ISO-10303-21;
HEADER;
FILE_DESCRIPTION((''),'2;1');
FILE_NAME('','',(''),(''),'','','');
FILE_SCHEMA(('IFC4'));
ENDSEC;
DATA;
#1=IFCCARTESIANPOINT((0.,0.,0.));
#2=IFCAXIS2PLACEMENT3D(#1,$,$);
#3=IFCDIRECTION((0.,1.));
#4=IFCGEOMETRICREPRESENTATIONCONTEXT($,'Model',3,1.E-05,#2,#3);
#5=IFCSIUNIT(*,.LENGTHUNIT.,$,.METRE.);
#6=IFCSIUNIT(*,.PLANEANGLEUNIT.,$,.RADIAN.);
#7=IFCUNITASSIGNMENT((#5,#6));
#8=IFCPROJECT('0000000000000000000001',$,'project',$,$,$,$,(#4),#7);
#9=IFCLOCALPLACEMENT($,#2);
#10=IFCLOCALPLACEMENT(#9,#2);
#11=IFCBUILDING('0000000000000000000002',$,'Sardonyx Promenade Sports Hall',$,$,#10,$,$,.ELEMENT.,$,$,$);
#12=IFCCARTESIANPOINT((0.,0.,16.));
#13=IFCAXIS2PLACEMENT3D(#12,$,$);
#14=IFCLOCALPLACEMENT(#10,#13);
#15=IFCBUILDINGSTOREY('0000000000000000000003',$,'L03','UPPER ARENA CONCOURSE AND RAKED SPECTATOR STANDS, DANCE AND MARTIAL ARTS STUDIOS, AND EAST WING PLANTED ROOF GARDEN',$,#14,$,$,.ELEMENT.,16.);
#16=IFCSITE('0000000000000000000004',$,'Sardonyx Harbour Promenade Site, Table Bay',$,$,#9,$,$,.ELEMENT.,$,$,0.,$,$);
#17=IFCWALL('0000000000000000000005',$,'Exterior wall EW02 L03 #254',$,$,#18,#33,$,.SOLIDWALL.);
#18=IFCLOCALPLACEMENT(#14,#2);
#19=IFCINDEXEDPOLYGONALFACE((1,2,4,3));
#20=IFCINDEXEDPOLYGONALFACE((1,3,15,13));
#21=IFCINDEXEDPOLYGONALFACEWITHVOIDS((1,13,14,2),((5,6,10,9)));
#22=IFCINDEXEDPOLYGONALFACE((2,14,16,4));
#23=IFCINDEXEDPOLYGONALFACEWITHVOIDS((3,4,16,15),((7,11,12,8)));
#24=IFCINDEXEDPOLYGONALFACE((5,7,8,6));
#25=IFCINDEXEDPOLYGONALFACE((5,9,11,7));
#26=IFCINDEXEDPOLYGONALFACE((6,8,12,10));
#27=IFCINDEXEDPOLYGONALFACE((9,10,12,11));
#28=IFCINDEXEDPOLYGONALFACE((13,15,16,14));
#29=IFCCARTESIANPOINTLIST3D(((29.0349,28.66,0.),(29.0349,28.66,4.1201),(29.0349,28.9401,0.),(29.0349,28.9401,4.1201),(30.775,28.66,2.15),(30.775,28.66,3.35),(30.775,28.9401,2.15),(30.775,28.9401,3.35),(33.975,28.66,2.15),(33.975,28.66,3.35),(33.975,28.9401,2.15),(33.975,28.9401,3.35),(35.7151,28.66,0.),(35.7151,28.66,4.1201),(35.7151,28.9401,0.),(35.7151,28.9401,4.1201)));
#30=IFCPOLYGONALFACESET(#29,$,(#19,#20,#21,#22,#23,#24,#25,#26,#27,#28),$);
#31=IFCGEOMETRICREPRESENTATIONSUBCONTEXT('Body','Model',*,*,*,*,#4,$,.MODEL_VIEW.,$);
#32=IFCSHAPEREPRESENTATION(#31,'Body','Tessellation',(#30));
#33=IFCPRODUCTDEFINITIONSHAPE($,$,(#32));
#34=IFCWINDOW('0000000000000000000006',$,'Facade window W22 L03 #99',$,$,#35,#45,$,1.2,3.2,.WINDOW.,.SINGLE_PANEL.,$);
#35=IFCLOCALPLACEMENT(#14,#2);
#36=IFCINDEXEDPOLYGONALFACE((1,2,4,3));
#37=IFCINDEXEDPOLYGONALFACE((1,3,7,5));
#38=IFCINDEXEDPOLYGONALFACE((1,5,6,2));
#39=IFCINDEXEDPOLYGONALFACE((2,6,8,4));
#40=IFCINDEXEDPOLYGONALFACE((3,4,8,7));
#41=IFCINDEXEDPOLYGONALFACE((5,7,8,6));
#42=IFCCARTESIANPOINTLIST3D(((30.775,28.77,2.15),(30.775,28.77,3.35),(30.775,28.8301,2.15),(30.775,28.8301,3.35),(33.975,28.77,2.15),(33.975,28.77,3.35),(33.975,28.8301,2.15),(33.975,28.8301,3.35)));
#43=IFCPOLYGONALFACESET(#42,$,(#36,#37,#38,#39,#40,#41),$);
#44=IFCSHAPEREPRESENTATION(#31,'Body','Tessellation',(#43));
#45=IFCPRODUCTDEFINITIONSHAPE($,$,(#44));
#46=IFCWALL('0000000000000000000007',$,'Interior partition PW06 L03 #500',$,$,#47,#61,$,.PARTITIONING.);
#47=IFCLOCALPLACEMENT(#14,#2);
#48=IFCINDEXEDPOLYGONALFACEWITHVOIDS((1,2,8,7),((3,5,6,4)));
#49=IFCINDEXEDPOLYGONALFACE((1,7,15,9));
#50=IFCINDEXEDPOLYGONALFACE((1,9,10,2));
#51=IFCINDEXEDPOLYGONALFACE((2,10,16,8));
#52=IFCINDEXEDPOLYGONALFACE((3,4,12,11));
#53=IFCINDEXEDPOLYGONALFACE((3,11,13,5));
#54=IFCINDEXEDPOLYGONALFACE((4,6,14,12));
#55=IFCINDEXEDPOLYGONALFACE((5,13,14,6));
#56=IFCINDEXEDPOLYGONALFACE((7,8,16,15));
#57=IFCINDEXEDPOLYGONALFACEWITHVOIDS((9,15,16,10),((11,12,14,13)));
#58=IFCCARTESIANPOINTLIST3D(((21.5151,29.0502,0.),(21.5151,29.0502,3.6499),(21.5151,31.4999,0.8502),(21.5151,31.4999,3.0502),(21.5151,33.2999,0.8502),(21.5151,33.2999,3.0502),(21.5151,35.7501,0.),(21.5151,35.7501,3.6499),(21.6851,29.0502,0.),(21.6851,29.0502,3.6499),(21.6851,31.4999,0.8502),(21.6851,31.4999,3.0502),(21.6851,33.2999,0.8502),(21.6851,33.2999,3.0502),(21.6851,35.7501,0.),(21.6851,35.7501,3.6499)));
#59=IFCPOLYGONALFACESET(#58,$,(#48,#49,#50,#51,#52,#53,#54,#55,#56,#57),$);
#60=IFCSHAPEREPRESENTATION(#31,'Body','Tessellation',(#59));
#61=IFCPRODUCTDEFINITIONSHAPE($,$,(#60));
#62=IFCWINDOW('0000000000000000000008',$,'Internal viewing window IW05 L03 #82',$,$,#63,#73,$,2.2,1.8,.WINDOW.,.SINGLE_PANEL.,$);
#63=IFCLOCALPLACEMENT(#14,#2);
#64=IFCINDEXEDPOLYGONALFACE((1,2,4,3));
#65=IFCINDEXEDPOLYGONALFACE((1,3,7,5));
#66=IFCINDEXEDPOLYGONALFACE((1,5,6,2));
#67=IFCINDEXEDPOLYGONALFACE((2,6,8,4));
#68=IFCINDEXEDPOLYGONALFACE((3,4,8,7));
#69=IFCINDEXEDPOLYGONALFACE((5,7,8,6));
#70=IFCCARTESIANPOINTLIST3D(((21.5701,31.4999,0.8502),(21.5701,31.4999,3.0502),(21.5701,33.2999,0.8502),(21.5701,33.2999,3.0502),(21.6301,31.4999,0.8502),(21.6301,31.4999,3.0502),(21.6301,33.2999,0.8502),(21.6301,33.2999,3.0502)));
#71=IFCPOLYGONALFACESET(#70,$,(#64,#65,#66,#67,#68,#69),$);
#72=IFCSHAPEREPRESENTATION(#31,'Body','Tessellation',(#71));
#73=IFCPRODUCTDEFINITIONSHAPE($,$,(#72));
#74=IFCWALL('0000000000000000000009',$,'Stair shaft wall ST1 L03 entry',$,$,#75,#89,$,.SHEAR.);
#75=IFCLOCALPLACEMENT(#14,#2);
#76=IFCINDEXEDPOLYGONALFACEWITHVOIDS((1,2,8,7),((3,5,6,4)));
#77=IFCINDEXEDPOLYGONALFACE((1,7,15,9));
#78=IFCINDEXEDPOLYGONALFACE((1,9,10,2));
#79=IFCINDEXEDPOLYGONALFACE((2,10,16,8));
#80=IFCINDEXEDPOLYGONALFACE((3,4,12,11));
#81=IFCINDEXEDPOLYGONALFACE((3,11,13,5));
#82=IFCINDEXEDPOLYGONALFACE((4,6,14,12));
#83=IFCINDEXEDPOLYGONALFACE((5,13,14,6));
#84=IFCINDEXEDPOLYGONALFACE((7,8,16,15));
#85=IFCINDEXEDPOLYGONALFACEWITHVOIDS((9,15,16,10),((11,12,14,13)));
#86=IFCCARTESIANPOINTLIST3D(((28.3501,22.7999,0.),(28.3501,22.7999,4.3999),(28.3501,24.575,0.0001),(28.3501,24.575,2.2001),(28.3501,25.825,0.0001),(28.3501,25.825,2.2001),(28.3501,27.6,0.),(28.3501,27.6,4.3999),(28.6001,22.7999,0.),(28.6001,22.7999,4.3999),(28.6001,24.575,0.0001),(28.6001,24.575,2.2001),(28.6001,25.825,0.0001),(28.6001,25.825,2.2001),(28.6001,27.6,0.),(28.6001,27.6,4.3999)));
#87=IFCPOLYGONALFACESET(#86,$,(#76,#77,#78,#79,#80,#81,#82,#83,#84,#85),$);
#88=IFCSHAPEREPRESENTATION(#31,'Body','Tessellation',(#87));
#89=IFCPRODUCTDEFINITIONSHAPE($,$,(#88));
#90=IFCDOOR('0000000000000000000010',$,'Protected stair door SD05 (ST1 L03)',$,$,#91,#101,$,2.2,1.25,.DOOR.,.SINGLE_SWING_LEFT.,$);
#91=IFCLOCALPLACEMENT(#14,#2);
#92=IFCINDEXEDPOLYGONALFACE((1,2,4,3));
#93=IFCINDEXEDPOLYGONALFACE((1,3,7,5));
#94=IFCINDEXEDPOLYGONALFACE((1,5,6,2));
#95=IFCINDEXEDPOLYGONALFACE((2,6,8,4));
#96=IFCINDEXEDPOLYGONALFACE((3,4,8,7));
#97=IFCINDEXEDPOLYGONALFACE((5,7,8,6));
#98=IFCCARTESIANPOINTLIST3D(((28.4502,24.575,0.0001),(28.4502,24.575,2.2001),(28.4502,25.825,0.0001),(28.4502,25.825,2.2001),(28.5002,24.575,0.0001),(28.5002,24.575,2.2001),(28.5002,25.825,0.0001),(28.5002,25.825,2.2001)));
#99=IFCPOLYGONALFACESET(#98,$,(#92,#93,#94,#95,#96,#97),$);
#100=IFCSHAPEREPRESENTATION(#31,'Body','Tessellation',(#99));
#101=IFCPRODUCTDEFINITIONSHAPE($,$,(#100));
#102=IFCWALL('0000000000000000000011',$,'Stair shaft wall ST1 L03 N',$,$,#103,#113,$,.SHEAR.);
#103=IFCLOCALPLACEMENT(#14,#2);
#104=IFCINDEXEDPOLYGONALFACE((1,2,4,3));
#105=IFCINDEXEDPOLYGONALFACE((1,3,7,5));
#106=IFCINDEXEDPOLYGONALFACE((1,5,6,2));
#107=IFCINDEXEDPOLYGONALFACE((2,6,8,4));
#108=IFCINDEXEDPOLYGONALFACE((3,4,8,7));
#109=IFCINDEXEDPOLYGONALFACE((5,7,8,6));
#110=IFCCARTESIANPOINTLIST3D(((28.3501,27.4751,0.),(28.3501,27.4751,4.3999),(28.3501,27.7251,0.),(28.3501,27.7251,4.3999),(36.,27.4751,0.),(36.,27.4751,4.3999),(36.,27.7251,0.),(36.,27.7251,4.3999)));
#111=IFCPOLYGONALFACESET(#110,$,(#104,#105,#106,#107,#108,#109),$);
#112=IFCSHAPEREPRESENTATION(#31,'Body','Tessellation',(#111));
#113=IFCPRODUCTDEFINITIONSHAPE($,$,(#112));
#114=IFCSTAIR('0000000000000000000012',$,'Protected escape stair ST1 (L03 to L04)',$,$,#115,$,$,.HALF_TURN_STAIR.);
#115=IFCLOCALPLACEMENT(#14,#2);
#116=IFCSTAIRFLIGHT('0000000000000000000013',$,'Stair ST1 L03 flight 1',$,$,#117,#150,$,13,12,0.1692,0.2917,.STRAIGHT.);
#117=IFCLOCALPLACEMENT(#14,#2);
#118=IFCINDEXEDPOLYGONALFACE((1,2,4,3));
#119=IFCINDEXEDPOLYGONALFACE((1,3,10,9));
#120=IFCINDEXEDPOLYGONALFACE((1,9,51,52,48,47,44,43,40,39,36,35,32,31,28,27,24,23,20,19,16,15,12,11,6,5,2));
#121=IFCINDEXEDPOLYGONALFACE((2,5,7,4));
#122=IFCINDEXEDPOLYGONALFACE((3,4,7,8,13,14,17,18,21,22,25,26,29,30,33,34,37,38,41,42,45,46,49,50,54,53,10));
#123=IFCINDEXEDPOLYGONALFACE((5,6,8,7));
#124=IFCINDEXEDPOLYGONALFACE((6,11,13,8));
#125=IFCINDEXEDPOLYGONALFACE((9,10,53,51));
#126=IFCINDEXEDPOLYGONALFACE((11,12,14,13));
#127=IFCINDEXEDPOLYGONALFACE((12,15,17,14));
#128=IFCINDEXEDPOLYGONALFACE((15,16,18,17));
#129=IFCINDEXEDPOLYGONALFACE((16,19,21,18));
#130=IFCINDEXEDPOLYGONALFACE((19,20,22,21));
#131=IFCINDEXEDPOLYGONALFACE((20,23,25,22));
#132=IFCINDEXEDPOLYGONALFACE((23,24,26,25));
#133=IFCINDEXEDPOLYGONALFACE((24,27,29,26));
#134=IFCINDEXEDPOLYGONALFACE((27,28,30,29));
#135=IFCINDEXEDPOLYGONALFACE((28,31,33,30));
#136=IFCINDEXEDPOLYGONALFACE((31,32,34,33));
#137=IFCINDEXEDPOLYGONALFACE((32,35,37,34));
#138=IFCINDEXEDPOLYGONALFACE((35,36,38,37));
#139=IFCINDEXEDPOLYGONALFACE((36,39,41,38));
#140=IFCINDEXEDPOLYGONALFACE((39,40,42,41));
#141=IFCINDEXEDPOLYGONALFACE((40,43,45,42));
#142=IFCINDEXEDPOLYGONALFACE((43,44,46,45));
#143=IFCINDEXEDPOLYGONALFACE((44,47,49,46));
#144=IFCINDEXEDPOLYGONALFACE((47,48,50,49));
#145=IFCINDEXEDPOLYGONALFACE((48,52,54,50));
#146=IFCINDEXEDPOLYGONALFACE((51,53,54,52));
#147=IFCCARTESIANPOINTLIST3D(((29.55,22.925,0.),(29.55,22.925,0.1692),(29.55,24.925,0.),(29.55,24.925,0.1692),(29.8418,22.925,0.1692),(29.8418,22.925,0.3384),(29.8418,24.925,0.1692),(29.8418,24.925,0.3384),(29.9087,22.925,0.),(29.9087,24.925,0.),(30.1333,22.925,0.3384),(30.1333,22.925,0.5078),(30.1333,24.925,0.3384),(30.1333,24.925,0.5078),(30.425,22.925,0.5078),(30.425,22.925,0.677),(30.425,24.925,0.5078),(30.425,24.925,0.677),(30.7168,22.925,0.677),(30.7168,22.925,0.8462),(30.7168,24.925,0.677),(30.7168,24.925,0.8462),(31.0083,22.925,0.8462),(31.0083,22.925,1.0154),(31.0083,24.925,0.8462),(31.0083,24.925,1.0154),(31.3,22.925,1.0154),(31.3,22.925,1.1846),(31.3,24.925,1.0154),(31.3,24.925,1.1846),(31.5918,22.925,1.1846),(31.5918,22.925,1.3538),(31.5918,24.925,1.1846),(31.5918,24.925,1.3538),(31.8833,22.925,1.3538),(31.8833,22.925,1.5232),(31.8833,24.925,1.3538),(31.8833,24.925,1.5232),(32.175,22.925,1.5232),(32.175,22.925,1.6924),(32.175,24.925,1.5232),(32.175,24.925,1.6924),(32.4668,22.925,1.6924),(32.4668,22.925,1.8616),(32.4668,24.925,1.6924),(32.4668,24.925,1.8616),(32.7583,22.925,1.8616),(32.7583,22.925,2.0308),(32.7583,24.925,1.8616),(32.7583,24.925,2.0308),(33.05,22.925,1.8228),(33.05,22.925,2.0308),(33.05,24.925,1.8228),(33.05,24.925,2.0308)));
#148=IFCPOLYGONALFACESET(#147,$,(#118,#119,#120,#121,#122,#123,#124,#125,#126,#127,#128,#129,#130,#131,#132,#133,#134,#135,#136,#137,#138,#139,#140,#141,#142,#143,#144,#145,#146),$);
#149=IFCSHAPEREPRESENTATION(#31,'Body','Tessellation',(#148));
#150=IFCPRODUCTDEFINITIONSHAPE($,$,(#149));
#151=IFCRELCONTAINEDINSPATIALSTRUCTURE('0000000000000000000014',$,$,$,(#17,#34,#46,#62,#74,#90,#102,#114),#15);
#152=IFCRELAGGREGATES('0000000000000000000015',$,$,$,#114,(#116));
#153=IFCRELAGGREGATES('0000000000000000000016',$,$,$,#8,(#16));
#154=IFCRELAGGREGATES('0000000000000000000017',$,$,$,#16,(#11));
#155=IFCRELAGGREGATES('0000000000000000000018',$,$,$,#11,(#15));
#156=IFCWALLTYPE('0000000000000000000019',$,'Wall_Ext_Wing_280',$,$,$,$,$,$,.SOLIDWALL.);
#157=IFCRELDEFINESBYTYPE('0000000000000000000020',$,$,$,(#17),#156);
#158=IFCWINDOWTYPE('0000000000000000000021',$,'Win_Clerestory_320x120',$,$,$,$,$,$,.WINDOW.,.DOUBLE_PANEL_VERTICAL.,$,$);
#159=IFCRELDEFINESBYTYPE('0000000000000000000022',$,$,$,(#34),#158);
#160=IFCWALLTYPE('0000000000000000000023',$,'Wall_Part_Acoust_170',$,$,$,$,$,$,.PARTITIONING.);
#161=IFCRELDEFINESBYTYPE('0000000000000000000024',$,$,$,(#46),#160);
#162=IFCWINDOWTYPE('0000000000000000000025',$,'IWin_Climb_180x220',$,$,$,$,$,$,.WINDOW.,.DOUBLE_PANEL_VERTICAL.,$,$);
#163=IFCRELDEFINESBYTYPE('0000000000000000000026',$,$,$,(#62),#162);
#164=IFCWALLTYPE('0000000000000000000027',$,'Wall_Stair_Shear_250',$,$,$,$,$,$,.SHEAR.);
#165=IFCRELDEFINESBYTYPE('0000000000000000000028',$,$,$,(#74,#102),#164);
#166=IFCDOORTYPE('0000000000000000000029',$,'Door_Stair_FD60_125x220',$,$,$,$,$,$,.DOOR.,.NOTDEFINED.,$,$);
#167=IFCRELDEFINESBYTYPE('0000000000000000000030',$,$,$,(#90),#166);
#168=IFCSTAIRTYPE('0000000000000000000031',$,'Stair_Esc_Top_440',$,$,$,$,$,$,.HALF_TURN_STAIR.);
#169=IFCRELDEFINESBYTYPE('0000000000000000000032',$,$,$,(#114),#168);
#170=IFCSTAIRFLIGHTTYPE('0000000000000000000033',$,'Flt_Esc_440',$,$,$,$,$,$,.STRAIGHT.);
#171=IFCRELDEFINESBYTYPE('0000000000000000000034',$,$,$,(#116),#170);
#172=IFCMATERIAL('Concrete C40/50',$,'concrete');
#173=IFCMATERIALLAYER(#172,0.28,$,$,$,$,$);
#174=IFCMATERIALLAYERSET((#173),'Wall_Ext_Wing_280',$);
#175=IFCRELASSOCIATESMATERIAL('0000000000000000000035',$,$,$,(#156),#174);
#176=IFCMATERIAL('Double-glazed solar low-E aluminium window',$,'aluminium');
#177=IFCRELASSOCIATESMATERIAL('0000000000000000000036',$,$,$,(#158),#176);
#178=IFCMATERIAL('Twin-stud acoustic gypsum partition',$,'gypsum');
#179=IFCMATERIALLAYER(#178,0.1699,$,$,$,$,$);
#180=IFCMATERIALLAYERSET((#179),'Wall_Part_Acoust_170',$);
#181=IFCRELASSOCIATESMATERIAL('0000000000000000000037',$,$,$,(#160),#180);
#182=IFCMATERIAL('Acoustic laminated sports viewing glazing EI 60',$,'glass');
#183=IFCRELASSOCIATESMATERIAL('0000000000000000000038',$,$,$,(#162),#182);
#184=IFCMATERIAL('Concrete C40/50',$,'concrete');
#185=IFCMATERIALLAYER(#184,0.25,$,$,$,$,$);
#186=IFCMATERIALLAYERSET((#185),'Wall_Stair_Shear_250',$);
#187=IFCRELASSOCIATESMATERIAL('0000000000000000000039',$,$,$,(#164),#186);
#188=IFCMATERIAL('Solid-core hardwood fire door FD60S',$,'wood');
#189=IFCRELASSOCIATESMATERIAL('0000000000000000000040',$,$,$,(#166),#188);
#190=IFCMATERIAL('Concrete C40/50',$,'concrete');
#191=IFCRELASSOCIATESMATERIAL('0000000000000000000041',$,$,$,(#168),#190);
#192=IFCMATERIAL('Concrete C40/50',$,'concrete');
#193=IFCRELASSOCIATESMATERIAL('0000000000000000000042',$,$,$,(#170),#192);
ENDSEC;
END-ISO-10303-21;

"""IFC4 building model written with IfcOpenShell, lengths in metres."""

from ifc_helpers import new_model, si_unit, direction, frame, frame_2d, origin, place, context, subcontext, project, spatial, polyline, rectangle, outline, extrude, material, layer, layer_set, type_object, element, fill, aggregate, save


model = new_model("IFC4")

# Units and contexts
model_context = context("Model", 3, precision=1e-05, world=origin(), true_north=direction((0.0, 1.0)))
body_context = subcontext(model_context, "Body", "Model", "MODEL_VIEW")
ifc_project = project(units=[si_unit("LENGTHUNIT", "METRE"), si_unit("PLANEANGLEUNIT", "RADIAN")], contexts=[model_context])

# Site, building, storey
site_placement = place(None, origin())
site = spatial("IfcSite", under=ifc_project, at=site_placement, Name="Sardonyx Harbour Promenade Site, Table Bay", CompositionType="ELEMENT", RefElevation=0.0)
building_placement = place(site_placement, origin())
building = spatial("IfcBuilding", under=site, at=building_placement, Name="Sardonyx Promenade Sports Hall", CompositionType="ELEMENT")
storey_placement = place(building_placement, frame((0.0, 0.0, 16.0)))
storey = spatial("IfcBuildingStorey", under=building, at=storey_placement, Name="L03", Description="UPPER ARENA CONCOURSE AND RAKED SPECTATOR STANDS, DANCE AND MARTIAL ARTS STUDIOS, AND EAST WING PLANTED ROOF GARDEN", CompositionType="ELEMENT", Elevation=16.0)

# Walls, openings, windows
ifc_material_1 = material(Name="Concrete C40/50", Category="concrete")
ifc_layer_1 = layer(ifc_material_1, 0.28)
ifc_layer_set_1 = layer_set([ifc_layer_1], Name="Wall_Ext_Wing_280")
wall_type_1 = type_object("IfcWallType", Name="Wall_Ext_Wing_280", PredefinedType="SOLIDWALL", material=ifc_layer_set_1)
wall_1_placement = place(storey_placement, frame((29.0349, 28.8, 0.0), z_axis=(0.0, 0.0, 1.0), x_axis=(1.0, 0.0, 0.0)))
wall_1 = element("IfcWall", 1, at=wall_1_placement, inside=storey, type_object=wall_type_1, Name="Exterior wall EW02 L03 #254", PredefinedType="SOLIDWALL", context=body_context, shape_type="SweptSolid", body=[
    extrude(rectangle(XDim=6.6802, YDim=0.28, at=frame_2d((3.3401, 0.0))), origin(), (0.0, 0.0, 1.0), 4.1201),
])
opening_1_placement = place(wall_1_placement, frame((1.74, 0.0, 2.1499)))
opening_1 = element("IfcOpeningElement", 2, at=opening_1_placement, cuts=wall_1, PredefinedType="OPENING", context=body_context, shape_type="SweptSolid", body=[
    extrude(rectangle(XDim=3.2, YDim=1.2, at=frame_2d((1.6001, 0.6001))), frame((0.0, 0.15, 0.0), z_axis=(0.0, -1.0, 0.0), x_axis=(1.0, 0.0, 0.0)), (0.0, 0.0, 1.0), 0.3),
])
ifc_material_2 = material(Name="Double-glazed solar low-E aluminium window", Category="aluminium")
window_type_1 = type_object("IfcWindowType", Name="Win_Clerestory_320x120", PartitioningType="DOUBLE_PANEL_VERTICAL", PredefinedType="WINDOW", material=ifc_material_2)
window_1_placement = place(opening_1_placement, origin())
window_1 = element("IfcWindow", 3, at=window_1_placement, inside=storey, type_object=window_type_1, Name="Facade window W22 L03 #99", OverallHeight=1.2, OverallWidth=3.2, PartitioningType="SINGLE_PANEL", PredefinedType="WINDOW", context=body_context, shape_type="SweptSolid", body=[
    extrude(rectangle(XDim=3.2, YDim=1.2, at=frame_2d((1.6001, 0.6001))), frame((0.0, 0.03, 0.0), z_axis=(0.0, -1.0, 0.0), x_axis=(1.0, 0.0, 0.0)), (0.0, 0.0, 1.0), 0.0601),
])
fill(opening_1, window_1)
ifc_material_3 = material(Name="Twin-stud acoustic gypsum partition", Category="gypsum")
ifc_layer_2 = layer(ifc_material_3, 0.1699)
ifc_layer_set_2 = layer_set([ifc_layer_2], Name="Wall_Part_Acoust_170")
wall_type_2 = type_object("IfcWallType", Name="Wall_Part_Acoust_170", PredefinedType="PARTITIONING", material=ifc_layer_set_2)
wall_2_placement = place(storey_placement, frame((21.6001, 29.05, 0.0), z_axis=(0.0, 0.0, 1.0), x_axis=(0.0, 1.0, 0.0)))
wall_2 = element("IfcWall", 4, at=wall_2_placement, inside=storey, type_object=wall_type_2, Name="Interior partition PW06 L03 #500", PredefinedType="PARTITIONING", context=body_context, shape_type="SweptSolid", body=[
    extrude(rectangle(XDim=6.7, YDim=0.1699, at=frame_2d((3.3501, 0.0))), origin(), (0.0, 0.0, 1.0), 3.6499),
])
opening_2_placement = place(wall_2_placement, frame((2.45, 0.0, 0.8501)))
opening_2 = element("IfcOpeningElement", 5, at=opening_2_placement, cuts=wall_2, PredefinedType="OPENING", context=body_context, shape_type="SweptSolid", body=[
    extrude(rectangle(XDim=1.8, YDim=2.2, at=frame_2d((0.8999, 1.1001))), frame((0.0, 0.095, 0.0), z_axis=(0.0, -1.0, 0.0), x_axis=(1.0, 0.0, 0.0)), (0.0, 0.0, 1.0), 0.19),
])
ifc_material_4 = material(Name="Acoustic laminated sports viewing glazing EI 60", Category="glass")
window_type_2 = type_object("IfcWindowType", Name="IWin_Climb_180x220", PartitioningType="DOUBLE_PANEL_VERTICAL", PredefinedType="WINDOW", material=ifc_material_4)
window_2_placement = place(opening_2_placement, origin())
window_2 = element("IfcWindow", 6, at=window_2_placement, inside=storey, type_object=window_type_2, Name="Internal viewing window IW05 L03 #82", OverallHeight=2.2, OverallWidth=1.8, PartitioningType="SINGLE_PANEL", PredefinedType="WINDOW", context=body_context, shape_type="SweptSolid", body=[
    extrude(rectangle(XDim=1.8, YDim=2.2, at=frame_2d((0.8999, 1.1001))), frame((0.0, 0.03, 0.0), z_axis=(0.0, -1.0, 0.0), x_axis=(1.0, 0.0, 0.0)), (0.0, 0.0, 1.0), 0.0601),
])
fill(opening_2, window_2)

# Wall, opening, door
ifc_material_5 = material(Name="Concrete C40/50", Category="concrete")
ifc_layer_3 = layer(ifc_material_5, 0.25)
ifc_layer_set_3 = layer_set([ifc_layer_3], Name="Wall_Stair_Shear_250")
wall_type_3 = type_object("IfcWallType", Name="Wall_Stair_Shear_250", PredefinedType="SHEAR", material=ifc_layer_set_3)
wall_3_placement = place(storey_placement, frame((28.4751, 22.8, 0.0), z_axis=(0.0, 0.0, 1.0), x_axis=(0.0, 1.0, 0.0)))
wall_3 = element("IfcWall", 7, at=wall_3_placement, inside=storey, type_object=wall_type_3, Name="Stair shaft wall ST1 L03 entry", PredefinedType="SHEAR", context=body_context, shape_type="SweptSolid", body=[
    extrude(rectangle(XDim=4.8, YDim=0.25, at=frame_2d((2.3999, 0.0))), origin(), (0.0, 0.0, 1.0), 4.3999),
])
opening_3_placement = place(wall_3_placement, frame((1.7749, 0.0, 0.0)))
opening_3 = element("IfcOpeningElement", 8, at=opening_3_placement, cuts=wall_3, PredefinedType="OPENING", context=body_context, shape_type="SweptSolid", body=[
    extrude(rectangle(XDim=1.25, YDim=2.2, at=frame_2d((0.625, 1.1001))), frame((0.0, 0.135, 0.0), z_axis=(0.0, -1.0, 0.0), x_axis=(1.0, 0.0, 0.0)), (0.0, 0.0, 1.0), 0.27),
])
ifc_material_6 = material(Name="Solid-core hardwood fire door FD60S", Category="wood")
door_type_1 = type_object("IfcDoorType", Name="Door_Stair_FD60_125x220", OperationType="NOTDEFINED", PredefinedType="DOOR", material=ifc_material_6)
door_1_placement = place(opening_3_placement, origin())
door_1 = element("IfcDoor", 9, at=door_1_placement, inside=storey, type_object=door_type_1, Name="Protected stair door SD05 (ST1 L03)", OperationType="SINGLE_SWING_LEFT", OverallHeight=2.2, OverallWidth=1.25, PredefinedType="DOOR", context=body_context, shape_type="SweptSolid", body=[
    extrude(rectangle(XDim=1.25, YDim=2.2, at=frame_2d((0.625, 1.1001))), frame((0.0, 0.0249, 0.0), z_axis=(0.0, -1.0, 0.0), x_axis=(1.0, 0.0, 0.0)), (0.0, 0.0, 1.0), 0.05),
])
fill(opening_3, door_1)

# Wall
wall_4_placement = place(storey_placement, frame((28.3501, 27.6001, 0.0), z_axis=(0.0, 0.0, 1.0), x_axis=(1.0, 0.0, 0.0)))
element("IfcWall", 10, at=wall_4_placement, inside=storey, type_object=wall_type_3, Name="Stair shaft wall ST1 L03 N", PredefinedType="SHEAR", context=body_context, shape_type="SweptSolid", body=[
    extrude(rectangle(XDim=7.6499, YDim=0.25, at=frame_2d((3.825, 0.0))), origin(), (0.0, 0.0, 1.0), 4.3999),
])

# Stair, stair flight
ifc_material_7 = material(Name="Concrete C40/50", Category="concrete")
stair_type = type_object("IfcStairType", Name="Stair_Esc_Top_440", PredefinedType="HALF_TURN_STAIR", material=ifc_material_7)
stair_placement = place(storey_placement, origin())
stair = element("IfcStair", 11, at=stair_placement, inside=storey, type_object=stair_type, Name="Protected escape stair ST1 (L03 to L04)", PredefinedType="HALF_TURN_STAIR")
ifc_material_8 = material(Name="Concrete C40/50", Category="concrete")
stair_flight_type = type_object("IfcStairFlightType", Name="Flt_Esc_440", PredefinedType="STRAIGHT", material=ifc_material_8)
stair_flight_1_placement = place(storey_placement, frame((29.55, 23.925, 0.0), z_axis=(0.0, 0.0, 1.0), x_axis=(1.0, 0.0, 0.0)))
stair_flight_1 = element("IfcStairFlight", 12, at=stair_flight_1_placement, type_object=stair_flight_type, Name="Stair ST1 L03 flight 1", NumberOfRisers=13, NumberOfTreads=12, PredefinedType="STRAIGHT", RiserHeight=0.1692, TreadLength=0.2917, context=body_context, shape_type="SweptSolid", body=[
    extrude(outline(polyline([(0.0, 0.0), (0.0, 0.1692), (0.2917, 0.1692), (0.2917, 0.3384), (0.5833, 0.3384), (0.5833, 0.5078), (0.875, 0.5078), (0.875, 0.677), (1.1667, 0.677), (1.1667, 0.8462), (1.4583, 0.8462), (1.4583, 1.0154), (1.75, 1.0154), (1.75, 1.1846), (2.0417, 1.1846), (2.0417, 1.3538), (2.3333, 1.3538), (2.3333, 1.5232), (2.625, 1.5232), (2.625, 1.6924), (2.9167, 1.6924), (2.9167, 1.8616), (3.2083, 1.8616), (3.2083, 2.0308), (3.5, 2.0308), (3.5, 2.2), (3.5, 1.8228), (0.3586, 0.0), (0.0, 0.0)])), frame((0.0, 1.0, 0.0), z_axis=(0.0, -1.0, 0.0), x_axis=(1.0, 0.0, 0.0)), (0.0, 0.0, 1.0), 2.0),
])
aggregate(stair, [stair_flight_1])

save(model, "model.ifc")
